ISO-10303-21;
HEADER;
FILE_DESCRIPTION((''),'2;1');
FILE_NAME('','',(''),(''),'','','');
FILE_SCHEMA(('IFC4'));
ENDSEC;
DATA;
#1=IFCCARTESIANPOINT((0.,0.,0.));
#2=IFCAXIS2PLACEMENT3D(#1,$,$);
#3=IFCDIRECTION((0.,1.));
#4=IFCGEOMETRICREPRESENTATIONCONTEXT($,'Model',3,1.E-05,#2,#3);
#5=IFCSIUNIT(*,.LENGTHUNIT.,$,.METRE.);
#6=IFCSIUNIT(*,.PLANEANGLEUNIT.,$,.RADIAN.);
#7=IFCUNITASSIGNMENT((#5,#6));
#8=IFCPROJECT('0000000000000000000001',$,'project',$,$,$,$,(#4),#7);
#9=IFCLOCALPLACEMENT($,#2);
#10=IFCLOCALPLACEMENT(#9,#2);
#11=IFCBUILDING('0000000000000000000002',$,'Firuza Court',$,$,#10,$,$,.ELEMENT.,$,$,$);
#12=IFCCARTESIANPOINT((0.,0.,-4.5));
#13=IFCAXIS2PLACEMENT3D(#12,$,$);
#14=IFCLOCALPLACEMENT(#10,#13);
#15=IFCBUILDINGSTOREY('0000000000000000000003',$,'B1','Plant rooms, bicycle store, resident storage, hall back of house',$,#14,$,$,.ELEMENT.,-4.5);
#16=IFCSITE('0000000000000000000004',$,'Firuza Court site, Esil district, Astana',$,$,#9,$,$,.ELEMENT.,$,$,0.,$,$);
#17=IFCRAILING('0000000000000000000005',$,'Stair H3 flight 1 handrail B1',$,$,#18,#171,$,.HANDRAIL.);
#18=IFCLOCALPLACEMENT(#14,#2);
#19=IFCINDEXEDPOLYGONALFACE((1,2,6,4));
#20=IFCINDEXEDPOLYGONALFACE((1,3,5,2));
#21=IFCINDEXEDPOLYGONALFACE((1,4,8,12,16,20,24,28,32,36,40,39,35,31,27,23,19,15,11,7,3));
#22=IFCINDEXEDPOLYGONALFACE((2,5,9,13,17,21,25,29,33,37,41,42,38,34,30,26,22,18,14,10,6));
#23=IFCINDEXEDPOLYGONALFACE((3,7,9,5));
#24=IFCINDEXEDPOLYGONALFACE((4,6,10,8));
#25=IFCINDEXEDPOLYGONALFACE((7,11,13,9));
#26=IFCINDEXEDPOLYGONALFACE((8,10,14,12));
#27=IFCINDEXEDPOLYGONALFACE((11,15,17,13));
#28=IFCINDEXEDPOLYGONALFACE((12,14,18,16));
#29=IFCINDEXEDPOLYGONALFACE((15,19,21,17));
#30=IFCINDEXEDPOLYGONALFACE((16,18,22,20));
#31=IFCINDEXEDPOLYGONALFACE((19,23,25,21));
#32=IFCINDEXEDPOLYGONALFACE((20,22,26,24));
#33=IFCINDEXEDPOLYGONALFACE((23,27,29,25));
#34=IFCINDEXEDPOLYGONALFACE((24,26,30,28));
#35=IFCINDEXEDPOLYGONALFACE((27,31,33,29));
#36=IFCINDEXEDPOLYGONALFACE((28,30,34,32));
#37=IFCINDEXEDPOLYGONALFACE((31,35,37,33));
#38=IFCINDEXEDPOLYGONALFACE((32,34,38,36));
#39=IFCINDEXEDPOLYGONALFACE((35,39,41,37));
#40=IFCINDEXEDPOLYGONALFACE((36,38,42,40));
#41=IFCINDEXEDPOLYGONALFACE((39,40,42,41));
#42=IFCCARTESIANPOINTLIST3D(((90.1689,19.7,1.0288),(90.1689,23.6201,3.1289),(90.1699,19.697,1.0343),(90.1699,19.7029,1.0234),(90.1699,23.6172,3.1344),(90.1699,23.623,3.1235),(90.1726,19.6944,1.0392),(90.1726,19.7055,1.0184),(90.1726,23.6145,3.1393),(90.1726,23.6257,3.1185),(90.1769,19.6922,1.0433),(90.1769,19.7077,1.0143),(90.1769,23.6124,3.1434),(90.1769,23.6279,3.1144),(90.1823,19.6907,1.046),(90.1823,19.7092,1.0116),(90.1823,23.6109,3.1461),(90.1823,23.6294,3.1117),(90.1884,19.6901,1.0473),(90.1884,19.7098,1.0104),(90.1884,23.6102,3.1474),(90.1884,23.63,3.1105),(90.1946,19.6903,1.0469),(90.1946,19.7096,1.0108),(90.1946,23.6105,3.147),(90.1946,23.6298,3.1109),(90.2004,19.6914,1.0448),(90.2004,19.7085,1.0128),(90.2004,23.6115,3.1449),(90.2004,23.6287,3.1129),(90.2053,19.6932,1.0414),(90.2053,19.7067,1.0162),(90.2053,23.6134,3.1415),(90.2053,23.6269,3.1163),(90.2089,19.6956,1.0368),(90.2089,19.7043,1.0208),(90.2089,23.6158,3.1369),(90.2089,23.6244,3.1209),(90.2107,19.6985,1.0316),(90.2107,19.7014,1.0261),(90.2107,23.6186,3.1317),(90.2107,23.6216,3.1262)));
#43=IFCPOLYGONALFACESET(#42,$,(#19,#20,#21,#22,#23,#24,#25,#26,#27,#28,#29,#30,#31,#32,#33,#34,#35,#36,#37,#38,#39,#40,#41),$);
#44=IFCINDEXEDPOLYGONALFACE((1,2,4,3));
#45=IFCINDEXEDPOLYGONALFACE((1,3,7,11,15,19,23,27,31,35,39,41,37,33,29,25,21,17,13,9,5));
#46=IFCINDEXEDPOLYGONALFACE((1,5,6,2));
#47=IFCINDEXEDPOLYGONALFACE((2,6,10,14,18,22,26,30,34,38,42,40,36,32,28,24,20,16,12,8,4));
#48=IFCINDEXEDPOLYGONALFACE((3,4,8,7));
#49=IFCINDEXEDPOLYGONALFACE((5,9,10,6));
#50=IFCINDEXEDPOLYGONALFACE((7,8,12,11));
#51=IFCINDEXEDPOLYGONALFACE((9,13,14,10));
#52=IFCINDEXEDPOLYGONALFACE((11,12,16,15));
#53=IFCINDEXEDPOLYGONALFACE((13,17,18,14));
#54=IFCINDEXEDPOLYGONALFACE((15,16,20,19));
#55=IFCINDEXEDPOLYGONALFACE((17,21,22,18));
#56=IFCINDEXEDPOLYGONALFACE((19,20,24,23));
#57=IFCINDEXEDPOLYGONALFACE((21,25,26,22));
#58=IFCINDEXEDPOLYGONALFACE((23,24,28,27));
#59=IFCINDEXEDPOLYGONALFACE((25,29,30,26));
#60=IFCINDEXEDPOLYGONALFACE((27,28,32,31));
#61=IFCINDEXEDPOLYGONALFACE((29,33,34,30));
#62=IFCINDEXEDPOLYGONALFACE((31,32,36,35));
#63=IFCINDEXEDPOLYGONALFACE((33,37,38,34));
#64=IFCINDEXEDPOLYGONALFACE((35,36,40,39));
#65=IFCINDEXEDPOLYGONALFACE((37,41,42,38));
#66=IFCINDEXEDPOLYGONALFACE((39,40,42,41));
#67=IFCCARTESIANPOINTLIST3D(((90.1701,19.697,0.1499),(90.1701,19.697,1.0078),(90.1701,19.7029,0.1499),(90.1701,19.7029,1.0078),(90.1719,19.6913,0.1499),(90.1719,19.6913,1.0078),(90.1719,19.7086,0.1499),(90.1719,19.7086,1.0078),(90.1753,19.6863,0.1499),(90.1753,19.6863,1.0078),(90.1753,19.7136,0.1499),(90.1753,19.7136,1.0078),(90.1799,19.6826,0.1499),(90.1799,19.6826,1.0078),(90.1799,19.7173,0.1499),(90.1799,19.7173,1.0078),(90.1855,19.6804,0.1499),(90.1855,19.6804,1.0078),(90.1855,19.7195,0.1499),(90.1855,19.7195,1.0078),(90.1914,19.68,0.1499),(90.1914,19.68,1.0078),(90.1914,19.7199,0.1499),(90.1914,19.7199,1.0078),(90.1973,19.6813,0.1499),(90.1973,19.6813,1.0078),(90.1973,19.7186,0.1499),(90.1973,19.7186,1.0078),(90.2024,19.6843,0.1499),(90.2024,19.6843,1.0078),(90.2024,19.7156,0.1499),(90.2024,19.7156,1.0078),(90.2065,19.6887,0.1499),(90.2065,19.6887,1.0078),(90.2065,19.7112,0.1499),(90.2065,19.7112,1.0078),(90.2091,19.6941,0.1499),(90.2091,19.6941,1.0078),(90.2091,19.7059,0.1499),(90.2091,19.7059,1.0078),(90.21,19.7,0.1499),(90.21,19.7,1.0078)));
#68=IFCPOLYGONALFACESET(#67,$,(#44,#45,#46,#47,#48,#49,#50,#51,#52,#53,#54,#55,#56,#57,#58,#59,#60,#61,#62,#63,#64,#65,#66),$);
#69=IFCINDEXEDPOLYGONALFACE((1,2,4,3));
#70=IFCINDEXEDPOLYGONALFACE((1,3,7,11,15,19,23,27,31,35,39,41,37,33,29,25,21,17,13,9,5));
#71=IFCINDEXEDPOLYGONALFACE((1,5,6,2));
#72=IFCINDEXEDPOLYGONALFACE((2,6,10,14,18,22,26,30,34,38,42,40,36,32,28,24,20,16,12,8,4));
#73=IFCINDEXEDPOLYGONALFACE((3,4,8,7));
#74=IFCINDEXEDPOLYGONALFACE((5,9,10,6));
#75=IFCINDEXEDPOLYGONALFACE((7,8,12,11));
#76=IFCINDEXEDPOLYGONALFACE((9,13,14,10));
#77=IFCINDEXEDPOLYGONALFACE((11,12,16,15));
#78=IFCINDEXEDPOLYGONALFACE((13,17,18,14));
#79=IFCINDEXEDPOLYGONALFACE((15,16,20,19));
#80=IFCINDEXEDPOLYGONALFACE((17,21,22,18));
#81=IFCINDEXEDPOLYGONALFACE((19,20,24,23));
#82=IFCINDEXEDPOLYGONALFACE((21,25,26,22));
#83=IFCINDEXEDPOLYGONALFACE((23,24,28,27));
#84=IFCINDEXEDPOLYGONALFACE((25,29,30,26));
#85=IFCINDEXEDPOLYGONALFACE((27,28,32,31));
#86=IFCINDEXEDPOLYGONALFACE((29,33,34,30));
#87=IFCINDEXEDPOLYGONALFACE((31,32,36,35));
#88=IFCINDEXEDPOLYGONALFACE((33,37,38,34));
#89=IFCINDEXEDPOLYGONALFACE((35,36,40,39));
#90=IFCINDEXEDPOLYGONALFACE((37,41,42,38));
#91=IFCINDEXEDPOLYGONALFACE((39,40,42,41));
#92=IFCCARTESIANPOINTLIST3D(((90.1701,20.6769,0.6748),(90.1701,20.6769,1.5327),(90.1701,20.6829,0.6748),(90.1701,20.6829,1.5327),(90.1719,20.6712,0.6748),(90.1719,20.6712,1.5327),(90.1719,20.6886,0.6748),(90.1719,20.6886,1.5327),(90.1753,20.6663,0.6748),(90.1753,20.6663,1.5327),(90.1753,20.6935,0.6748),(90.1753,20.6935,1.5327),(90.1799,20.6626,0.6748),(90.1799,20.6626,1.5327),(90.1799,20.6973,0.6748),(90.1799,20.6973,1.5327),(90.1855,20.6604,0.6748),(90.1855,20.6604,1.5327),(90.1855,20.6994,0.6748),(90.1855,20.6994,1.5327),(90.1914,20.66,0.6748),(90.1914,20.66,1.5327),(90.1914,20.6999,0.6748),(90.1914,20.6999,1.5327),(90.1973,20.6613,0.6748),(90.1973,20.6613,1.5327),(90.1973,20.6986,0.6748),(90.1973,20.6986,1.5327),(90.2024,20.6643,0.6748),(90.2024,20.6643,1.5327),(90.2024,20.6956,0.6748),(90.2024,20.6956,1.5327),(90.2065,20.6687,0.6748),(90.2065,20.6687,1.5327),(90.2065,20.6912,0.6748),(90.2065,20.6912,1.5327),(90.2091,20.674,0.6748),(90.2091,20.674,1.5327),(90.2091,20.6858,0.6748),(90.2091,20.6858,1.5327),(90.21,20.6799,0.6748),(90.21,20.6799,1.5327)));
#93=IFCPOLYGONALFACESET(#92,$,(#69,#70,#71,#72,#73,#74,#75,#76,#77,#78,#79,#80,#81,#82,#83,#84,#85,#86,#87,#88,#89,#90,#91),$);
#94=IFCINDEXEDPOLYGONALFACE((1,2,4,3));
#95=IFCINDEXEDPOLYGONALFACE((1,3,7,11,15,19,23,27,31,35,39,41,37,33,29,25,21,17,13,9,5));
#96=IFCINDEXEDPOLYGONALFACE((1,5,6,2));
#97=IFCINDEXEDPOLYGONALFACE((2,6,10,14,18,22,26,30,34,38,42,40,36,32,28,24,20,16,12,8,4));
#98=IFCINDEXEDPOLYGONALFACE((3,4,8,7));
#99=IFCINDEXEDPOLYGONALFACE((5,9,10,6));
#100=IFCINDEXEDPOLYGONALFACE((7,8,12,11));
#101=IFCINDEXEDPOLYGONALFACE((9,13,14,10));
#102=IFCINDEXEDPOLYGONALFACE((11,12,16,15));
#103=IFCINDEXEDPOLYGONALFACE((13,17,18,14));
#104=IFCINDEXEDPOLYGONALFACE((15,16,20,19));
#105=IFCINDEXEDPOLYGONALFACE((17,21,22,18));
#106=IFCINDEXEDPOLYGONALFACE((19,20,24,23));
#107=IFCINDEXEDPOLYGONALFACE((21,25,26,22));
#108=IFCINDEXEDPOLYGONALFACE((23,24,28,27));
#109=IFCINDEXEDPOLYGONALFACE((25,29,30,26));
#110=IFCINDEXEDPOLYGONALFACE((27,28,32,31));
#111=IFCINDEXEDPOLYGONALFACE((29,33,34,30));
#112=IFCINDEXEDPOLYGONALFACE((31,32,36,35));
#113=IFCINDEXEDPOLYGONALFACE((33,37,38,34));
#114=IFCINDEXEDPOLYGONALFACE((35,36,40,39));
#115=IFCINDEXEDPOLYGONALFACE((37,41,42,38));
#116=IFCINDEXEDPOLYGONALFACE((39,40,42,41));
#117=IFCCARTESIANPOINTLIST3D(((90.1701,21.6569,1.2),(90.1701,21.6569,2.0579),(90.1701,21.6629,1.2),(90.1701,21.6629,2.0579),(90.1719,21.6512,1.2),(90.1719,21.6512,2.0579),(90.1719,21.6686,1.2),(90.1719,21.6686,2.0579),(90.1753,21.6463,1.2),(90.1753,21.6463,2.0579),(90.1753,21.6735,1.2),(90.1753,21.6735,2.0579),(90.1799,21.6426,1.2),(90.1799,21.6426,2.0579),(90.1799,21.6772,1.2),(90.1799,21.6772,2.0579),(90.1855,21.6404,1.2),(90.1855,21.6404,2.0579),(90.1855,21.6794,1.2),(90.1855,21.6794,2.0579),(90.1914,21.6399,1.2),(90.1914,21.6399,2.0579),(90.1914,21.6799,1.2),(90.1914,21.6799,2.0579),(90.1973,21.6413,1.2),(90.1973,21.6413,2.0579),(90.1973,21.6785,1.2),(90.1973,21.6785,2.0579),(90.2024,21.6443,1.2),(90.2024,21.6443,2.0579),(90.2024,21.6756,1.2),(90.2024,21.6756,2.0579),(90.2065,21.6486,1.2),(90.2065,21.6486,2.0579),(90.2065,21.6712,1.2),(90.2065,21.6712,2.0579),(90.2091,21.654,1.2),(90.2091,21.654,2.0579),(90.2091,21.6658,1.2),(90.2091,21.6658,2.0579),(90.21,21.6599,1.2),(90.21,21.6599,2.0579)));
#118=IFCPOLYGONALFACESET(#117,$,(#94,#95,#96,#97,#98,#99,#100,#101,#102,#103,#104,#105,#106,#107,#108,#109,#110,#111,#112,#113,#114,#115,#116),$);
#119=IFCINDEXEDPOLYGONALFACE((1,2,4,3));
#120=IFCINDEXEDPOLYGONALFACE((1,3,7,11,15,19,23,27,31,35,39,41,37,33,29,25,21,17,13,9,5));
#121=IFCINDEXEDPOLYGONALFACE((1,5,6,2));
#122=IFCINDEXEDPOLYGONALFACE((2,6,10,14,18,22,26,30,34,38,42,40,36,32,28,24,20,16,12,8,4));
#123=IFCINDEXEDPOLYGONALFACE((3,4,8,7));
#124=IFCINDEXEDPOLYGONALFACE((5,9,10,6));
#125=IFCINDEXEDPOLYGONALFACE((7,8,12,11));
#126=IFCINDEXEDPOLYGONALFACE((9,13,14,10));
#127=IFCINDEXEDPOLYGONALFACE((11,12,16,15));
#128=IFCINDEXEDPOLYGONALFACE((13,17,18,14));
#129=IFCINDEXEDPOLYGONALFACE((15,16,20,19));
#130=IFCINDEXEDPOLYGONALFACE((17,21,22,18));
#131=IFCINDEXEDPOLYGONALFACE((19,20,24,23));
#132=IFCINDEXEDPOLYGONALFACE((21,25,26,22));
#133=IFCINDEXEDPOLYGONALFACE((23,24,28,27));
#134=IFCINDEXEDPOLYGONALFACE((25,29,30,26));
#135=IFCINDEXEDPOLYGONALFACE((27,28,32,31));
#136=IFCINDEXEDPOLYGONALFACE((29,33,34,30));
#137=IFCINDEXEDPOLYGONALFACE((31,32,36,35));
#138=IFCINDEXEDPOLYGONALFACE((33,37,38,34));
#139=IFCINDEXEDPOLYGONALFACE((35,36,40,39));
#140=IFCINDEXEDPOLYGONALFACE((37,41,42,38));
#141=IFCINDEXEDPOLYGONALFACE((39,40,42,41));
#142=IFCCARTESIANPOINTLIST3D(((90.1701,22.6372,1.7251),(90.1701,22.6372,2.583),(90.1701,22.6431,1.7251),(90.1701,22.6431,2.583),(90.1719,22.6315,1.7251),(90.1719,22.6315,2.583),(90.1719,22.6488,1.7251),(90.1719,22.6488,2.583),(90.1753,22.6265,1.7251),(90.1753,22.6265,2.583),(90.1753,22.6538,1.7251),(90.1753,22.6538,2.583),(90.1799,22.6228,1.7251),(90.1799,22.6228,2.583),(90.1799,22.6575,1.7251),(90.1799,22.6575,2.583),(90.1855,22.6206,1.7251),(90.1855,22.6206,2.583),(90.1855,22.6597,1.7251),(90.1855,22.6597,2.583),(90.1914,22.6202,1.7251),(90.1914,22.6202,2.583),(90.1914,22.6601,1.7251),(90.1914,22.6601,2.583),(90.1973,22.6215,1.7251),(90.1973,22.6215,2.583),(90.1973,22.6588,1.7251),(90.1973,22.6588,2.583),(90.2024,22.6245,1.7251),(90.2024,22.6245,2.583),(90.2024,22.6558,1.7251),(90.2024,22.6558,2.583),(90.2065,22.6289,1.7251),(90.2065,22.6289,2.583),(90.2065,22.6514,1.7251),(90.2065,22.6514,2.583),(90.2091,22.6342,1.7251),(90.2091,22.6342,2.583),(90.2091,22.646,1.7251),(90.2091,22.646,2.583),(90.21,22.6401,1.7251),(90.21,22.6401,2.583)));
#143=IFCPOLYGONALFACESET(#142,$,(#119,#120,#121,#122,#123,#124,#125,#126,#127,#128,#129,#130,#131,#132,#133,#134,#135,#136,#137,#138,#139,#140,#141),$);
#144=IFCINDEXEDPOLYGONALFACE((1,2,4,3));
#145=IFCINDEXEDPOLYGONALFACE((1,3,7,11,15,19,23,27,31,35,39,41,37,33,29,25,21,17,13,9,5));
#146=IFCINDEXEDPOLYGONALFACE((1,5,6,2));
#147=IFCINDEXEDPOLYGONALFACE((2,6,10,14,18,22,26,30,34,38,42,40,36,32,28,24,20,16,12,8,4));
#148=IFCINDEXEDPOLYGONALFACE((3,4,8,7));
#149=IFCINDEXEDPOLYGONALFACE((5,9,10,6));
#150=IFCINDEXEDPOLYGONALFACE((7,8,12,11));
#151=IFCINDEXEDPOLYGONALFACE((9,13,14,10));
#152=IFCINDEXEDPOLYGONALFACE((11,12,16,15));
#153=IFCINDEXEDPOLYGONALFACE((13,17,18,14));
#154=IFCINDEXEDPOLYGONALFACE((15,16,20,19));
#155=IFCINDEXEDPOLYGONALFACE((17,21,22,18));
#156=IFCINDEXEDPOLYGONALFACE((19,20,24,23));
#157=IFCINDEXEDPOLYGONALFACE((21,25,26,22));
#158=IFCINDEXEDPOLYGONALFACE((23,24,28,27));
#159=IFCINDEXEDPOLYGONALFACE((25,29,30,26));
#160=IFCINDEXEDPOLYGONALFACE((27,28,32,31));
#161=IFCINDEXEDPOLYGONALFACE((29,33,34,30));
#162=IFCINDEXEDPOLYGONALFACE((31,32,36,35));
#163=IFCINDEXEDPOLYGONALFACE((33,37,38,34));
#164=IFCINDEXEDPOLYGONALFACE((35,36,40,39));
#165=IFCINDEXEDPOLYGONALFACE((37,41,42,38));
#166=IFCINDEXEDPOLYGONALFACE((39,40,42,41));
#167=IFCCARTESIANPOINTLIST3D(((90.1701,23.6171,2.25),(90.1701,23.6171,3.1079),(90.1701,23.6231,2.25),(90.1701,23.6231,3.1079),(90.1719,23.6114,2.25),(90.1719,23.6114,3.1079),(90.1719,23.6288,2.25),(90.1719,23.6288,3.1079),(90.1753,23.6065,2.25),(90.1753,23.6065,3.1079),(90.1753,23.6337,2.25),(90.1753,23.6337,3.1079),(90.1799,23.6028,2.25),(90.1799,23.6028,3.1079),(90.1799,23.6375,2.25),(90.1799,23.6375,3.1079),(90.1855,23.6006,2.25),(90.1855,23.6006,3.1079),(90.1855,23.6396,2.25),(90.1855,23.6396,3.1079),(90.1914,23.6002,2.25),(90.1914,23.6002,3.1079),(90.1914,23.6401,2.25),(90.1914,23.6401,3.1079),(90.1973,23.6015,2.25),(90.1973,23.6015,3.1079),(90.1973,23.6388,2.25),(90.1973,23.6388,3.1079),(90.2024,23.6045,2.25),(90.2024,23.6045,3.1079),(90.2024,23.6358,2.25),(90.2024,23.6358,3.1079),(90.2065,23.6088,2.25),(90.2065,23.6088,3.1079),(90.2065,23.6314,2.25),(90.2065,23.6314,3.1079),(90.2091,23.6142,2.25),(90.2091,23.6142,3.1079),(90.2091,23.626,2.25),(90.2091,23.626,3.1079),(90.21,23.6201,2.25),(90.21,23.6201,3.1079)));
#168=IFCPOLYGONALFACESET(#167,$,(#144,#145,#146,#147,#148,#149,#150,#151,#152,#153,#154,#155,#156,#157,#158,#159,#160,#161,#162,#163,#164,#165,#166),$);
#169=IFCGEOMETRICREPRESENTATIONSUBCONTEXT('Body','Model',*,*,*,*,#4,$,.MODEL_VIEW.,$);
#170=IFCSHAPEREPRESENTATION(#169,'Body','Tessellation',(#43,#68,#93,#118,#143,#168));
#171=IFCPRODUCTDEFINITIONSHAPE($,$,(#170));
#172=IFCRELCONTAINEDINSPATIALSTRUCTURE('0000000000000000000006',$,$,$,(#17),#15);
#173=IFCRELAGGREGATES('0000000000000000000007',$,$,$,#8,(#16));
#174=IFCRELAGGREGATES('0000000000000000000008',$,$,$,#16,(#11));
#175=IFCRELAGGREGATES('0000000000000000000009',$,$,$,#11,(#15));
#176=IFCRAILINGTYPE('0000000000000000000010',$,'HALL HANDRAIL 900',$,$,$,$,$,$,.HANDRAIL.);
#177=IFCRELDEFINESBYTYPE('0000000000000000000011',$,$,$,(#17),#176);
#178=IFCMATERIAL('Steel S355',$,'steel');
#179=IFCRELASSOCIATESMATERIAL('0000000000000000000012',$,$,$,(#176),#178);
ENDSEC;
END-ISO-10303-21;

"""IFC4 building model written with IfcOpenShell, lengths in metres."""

from ifc_helpers import new_model, si_unit, direction, frame, origin, origin_2d, place, context, subcontext, project, spatial, circle, extrude, material, type_object, element, save


model = new_model("IFC4")

# Units and contexts
model_context = context("Model", 3, precision=1e-05, world=origin(), true_north=direction((0.0, 1.0)))
body_context = subcontext(model_context, "Body", "Model", "MODEL_VIEW")
ifc_project = project(units=[si_unit("LENGTHUNIT", "METRE"), si_unit("PLANEANGLEUNIT", "RADIAN")], contexts=[model_context])

# Site, building, storey
site_placement = place(None, origin())
site = spatial("IfcSite", under=ifc_project, at=site_placement, Name="Firuza Court site, Esil district, Astana", CompositionType="ELEMENT", RefElevation=0.0)
building_placement = place(site_placement, origin())
building = spatial("IfcBuilding", under=site, at=building_placement, Name="Firuza Court", CompositionType="ELEMENT")
storey_placement = place(building_placement, frame((0.0, 0.0, -4.5)))
storey = spatial("IfcBuildingStorey", under=building, at=storey_placement, Name="B1", Description="Plant rooms, bicycle store, resident storage, hall back of house", CompositionType="ELEMENT", Elevation=-4.5)

# Railing
ifc_material_1 = material(Name="Steel S355", Category="steel")
railing_type_1 = type_object("IfcRailingType", Name="HALL HANDRAIL 900", PredefinedType="HANDRAIL", material=ifc_material_1)
railing_1_placement = place(storey_placement, frame((90.1899, 19.7, 0.1499)))
element("IfcRailing", 1, at=railing_1_placement, inside=storey, type_object=railing_type_1, Name="Stair H3 flight 1 handrail B1", PredefinedType="HANDRAIL", context=body_context, shape_type="SweptSolid", body=[
    extrude(circle(Radius=0.021, at=origin_2d()), frame((0.0, 0.0, 0.8789), z_axis=(0.0, 0.881479, 0.472223), x_axis=(-1.0, 0.0, 0.0)), (0.0, 0.0, 1.0), 4.4473),
    extrude(circle(Radius=0.02, at=origin_2d()), origin(), (0.0, 0.0, 1.0), 0.8579),
    extrude(circle(Radius=0.02, at=origin_2d()), frame((0.0, 0.98, 0.5249)), (0.0, 0.0, 1.0), 0.8579),
    extrude(circle(Radius=0.02, at=origin_2d()), frame((0.0, 1.96, 1.05)), (0.0, 0.0, 1.0), 0.8579),
    extrude(circle(Radius=0.02, at=origin_2d()), frame((0.0, 2.9402, 1.5752)), (0.0, 0.0, 1.0), 0.8579),
    extrude(circle(Radius=0.02, at=origin_2d()), frame((0.0, 3.9202, 2.1001)), (0.0, 0.0, 1.0), 0.8579),
])

save(model, "model.ifc")
